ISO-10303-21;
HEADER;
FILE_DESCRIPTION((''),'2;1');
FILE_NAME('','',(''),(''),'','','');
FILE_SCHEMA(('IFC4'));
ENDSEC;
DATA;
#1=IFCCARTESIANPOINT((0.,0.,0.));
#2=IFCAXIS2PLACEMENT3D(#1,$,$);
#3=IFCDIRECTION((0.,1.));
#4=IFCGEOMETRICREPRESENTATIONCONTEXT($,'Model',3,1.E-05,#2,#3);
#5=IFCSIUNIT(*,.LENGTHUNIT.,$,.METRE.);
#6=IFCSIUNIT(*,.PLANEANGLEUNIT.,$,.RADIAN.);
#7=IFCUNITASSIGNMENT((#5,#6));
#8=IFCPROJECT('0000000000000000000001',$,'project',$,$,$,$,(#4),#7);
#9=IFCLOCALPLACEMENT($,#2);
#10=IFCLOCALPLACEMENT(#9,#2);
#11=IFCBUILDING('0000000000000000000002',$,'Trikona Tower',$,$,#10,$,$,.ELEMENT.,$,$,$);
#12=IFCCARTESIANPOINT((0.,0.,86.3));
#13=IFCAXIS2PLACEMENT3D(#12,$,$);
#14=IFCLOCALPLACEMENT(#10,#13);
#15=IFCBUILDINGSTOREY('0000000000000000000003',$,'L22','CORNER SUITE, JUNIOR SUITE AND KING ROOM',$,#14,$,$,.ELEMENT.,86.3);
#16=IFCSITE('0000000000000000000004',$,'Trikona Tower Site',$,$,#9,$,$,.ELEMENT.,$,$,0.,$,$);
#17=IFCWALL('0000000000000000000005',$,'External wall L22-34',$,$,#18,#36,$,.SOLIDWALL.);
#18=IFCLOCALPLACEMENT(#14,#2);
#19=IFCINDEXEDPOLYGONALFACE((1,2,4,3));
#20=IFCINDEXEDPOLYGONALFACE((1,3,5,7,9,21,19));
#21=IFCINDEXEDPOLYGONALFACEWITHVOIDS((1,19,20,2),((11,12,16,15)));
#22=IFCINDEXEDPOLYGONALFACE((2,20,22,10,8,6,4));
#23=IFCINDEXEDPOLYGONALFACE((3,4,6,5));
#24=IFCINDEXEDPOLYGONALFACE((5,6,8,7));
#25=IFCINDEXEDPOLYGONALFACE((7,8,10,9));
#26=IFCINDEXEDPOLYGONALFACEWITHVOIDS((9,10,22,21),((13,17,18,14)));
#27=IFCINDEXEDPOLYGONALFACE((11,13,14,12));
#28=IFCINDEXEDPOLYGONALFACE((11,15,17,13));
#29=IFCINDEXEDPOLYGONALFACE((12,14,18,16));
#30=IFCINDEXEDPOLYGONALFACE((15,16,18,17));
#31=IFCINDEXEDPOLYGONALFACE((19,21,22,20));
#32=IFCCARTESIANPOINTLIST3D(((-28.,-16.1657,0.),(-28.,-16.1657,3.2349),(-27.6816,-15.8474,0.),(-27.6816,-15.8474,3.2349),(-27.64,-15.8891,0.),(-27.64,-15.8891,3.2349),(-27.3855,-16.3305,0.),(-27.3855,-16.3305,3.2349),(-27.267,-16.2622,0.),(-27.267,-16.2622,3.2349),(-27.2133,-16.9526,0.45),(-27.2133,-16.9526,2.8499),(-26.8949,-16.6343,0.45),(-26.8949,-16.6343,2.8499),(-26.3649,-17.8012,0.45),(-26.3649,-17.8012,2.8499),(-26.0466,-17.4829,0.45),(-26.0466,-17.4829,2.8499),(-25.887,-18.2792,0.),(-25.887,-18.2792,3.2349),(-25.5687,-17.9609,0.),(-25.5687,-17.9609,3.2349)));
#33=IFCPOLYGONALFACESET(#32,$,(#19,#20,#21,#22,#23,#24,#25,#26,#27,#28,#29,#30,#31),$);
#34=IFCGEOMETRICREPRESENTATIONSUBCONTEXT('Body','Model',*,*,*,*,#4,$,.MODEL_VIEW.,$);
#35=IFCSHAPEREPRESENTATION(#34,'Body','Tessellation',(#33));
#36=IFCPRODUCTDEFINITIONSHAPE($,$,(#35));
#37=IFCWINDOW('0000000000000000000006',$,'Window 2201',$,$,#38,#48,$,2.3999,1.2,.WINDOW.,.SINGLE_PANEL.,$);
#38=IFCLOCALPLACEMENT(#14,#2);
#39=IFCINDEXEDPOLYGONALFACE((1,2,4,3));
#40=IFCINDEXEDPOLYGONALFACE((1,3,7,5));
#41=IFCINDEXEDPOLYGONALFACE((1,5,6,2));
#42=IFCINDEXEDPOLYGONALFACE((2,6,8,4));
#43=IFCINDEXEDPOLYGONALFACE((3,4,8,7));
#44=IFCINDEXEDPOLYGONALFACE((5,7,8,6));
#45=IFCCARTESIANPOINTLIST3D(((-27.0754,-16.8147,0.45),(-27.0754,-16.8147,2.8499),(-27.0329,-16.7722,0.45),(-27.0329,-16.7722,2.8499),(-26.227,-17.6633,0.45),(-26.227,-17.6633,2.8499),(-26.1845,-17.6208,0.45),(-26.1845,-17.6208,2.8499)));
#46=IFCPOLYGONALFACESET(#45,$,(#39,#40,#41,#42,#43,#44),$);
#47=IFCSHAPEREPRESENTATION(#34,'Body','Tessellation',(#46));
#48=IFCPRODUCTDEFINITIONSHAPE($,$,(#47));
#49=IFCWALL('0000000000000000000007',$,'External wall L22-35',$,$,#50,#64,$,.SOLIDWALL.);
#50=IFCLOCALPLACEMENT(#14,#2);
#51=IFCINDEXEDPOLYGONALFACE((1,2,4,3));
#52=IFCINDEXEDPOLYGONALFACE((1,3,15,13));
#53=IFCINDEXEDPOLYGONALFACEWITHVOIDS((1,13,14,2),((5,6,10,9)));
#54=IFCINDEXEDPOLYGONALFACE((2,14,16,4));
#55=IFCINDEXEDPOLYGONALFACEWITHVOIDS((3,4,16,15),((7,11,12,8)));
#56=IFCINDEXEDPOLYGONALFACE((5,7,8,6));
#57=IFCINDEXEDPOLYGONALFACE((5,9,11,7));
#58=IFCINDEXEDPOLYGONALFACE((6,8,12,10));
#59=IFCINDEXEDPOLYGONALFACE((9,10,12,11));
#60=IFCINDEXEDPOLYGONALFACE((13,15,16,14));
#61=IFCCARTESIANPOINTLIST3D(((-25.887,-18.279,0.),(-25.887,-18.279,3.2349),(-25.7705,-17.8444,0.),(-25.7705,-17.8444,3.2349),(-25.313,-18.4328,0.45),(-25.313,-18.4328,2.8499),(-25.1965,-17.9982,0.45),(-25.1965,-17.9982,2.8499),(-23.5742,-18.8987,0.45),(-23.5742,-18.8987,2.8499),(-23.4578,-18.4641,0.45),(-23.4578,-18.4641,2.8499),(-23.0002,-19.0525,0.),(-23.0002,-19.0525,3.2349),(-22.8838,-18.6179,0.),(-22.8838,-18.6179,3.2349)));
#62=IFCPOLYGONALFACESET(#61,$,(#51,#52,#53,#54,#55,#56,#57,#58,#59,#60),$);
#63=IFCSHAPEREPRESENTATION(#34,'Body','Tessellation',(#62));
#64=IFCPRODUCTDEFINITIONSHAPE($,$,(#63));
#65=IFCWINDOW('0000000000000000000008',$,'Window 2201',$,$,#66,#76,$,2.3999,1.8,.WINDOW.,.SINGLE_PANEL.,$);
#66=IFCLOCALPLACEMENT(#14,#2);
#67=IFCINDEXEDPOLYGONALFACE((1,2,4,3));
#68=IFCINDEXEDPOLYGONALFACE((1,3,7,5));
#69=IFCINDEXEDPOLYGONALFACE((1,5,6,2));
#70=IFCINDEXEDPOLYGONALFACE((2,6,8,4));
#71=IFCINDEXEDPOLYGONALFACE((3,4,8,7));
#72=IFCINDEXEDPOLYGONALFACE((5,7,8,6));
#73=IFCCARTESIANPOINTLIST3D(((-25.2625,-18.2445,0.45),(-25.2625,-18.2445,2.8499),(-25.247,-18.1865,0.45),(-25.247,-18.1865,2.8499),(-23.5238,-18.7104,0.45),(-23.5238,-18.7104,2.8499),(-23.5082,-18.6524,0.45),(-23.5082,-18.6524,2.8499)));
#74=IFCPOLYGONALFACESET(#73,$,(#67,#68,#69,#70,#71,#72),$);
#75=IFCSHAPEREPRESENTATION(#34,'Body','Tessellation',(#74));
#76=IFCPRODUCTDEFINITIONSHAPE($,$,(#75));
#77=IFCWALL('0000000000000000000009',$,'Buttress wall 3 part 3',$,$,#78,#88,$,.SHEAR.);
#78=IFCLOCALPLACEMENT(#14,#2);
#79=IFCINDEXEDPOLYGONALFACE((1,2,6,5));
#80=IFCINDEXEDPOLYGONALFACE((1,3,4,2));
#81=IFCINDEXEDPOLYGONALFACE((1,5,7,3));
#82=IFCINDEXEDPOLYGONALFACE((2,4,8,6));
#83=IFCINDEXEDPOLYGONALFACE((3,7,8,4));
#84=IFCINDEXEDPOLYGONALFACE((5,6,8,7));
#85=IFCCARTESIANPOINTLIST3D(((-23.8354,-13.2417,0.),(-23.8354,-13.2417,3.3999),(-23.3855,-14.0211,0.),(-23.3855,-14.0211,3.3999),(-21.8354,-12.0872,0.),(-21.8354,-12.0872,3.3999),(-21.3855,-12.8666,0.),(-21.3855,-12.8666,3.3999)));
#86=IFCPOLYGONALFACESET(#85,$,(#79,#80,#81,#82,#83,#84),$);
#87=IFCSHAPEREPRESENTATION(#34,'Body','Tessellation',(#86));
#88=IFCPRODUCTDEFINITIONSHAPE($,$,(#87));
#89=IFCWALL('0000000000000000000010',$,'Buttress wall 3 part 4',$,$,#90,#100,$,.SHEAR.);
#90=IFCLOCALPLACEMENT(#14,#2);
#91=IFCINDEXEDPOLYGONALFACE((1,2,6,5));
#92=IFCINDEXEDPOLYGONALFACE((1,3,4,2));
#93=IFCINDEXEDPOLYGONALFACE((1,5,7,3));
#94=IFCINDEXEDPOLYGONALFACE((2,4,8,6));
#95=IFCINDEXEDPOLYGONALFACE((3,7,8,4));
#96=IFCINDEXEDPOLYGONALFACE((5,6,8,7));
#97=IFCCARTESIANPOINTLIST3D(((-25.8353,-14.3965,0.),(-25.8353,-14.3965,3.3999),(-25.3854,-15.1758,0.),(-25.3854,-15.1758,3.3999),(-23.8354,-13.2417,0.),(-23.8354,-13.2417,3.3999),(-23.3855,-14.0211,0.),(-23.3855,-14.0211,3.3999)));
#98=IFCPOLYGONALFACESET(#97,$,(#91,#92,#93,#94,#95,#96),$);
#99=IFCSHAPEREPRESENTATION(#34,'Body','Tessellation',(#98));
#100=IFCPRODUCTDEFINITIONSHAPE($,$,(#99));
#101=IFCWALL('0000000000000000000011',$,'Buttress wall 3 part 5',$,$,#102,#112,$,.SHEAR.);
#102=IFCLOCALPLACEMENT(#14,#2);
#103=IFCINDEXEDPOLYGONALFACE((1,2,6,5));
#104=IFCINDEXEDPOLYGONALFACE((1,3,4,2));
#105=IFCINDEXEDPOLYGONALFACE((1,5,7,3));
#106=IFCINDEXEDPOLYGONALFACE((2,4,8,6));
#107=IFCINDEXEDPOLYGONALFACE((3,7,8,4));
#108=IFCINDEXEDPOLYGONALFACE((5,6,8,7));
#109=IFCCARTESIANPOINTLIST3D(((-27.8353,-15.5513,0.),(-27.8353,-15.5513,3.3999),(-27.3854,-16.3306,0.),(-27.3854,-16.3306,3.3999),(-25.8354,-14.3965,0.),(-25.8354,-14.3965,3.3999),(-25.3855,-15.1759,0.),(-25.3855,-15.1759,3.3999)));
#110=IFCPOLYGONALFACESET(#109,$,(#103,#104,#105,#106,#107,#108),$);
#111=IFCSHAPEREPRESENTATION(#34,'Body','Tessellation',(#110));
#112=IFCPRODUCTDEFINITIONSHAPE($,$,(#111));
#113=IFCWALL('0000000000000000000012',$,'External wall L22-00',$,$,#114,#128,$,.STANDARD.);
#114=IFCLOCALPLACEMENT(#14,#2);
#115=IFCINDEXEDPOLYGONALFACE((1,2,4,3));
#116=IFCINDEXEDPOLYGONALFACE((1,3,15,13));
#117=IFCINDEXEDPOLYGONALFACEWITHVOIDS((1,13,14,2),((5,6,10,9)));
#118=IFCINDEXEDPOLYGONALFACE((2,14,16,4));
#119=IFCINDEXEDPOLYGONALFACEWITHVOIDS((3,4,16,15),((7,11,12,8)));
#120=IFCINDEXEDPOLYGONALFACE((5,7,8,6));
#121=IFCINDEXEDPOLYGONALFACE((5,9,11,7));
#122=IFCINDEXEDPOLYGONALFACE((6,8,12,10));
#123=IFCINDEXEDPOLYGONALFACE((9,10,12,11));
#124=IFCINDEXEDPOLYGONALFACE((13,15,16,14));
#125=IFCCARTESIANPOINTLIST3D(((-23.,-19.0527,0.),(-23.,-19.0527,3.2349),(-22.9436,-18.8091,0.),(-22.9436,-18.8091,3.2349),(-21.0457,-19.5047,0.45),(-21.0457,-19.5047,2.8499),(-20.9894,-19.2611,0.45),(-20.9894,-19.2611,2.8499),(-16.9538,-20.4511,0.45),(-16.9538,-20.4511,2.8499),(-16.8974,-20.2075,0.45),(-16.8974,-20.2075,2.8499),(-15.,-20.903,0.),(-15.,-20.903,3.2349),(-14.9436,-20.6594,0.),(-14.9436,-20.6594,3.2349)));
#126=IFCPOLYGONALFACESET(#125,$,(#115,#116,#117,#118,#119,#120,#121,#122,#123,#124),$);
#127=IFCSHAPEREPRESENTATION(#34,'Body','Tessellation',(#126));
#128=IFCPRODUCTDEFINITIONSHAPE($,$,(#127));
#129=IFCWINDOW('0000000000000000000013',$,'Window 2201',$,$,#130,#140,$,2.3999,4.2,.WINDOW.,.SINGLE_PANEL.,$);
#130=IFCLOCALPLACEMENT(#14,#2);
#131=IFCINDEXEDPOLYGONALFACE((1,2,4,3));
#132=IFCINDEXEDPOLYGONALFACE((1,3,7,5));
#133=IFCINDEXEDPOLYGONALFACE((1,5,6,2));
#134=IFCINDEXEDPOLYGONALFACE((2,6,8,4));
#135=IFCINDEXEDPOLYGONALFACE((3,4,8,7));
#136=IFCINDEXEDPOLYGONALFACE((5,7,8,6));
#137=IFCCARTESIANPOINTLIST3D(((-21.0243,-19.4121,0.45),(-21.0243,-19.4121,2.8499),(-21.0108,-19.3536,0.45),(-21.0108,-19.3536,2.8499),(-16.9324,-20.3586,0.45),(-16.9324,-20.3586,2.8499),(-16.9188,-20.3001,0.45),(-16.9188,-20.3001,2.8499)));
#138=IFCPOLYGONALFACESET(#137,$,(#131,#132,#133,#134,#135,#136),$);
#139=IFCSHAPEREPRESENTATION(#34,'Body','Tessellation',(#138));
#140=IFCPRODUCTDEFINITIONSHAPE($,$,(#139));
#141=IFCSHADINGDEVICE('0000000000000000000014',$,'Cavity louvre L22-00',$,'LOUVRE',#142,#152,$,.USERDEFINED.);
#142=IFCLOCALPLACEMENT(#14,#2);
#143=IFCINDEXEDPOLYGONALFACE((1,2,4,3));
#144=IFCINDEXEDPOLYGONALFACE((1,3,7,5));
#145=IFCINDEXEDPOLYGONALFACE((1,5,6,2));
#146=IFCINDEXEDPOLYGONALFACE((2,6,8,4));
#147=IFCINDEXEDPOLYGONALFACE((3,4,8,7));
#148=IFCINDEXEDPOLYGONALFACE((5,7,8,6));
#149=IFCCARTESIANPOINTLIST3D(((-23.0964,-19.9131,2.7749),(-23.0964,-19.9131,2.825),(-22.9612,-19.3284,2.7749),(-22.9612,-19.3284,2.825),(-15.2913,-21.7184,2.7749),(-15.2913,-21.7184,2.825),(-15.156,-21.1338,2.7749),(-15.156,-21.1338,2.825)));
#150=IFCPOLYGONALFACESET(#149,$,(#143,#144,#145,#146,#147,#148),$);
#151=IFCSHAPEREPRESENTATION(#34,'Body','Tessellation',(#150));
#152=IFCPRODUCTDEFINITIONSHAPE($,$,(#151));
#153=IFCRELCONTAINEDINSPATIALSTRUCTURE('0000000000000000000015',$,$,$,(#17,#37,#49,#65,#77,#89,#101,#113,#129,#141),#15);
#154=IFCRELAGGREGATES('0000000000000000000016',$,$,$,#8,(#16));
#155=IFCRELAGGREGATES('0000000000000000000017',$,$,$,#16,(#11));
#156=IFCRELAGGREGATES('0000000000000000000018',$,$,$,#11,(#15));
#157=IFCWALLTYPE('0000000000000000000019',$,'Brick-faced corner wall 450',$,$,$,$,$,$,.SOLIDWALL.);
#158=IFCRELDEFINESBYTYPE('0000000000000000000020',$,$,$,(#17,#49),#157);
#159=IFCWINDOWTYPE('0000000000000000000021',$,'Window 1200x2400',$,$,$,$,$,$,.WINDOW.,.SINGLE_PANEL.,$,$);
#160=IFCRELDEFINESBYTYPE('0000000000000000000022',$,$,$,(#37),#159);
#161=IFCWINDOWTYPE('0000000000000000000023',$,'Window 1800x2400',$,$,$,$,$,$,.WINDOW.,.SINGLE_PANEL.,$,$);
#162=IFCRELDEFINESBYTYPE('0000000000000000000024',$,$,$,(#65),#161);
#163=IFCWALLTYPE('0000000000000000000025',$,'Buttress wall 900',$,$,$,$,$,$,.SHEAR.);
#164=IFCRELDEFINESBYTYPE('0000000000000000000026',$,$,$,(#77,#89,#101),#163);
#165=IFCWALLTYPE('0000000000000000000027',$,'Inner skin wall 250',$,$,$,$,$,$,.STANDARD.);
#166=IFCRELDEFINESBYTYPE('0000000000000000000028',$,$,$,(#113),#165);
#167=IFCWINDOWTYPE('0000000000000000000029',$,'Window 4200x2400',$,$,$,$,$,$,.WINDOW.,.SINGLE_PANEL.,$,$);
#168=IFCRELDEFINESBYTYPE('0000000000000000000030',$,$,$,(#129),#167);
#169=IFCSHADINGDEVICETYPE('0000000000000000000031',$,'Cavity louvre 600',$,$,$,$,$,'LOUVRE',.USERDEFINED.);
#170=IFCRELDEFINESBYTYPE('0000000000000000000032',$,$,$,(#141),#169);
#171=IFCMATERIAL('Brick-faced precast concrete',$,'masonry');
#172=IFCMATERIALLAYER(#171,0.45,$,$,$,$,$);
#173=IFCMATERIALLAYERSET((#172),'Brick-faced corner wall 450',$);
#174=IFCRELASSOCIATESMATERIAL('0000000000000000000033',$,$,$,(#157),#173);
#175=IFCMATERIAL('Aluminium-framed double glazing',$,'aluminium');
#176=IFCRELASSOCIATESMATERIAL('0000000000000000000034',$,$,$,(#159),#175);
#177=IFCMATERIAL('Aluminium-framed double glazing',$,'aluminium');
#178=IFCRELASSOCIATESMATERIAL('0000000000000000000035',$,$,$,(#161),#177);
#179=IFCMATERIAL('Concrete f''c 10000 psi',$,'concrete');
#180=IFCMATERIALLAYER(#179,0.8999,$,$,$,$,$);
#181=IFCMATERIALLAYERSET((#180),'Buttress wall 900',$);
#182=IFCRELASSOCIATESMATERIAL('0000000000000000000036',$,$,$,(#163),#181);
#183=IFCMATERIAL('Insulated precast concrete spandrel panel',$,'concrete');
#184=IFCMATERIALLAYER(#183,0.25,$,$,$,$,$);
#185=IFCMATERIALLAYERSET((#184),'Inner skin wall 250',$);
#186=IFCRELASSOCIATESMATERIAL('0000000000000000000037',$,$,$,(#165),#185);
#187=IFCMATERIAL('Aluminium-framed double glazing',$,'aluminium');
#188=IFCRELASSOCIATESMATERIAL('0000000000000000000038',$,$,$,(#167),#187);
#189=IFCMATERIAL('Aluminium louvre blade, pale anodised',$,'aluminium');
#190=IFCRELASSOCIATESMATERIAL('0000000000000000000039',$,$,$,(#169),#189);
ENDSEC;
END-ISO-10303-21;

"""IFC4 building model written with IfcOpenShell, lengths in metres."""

from ifc_helpers import new_model, si_unit, direction, frame, frame_2d, origin, origin_2d, place, context, subcontext, project, spatial, polyline, rectangle, outline, extrude, material, layer, layer_set, type_object, element, fill, save


model = new_model("IFC4")

# Units and contexts
model_context = context("Model", 3, precision=1e-05, world=origin(), true_north=direction((0.0, 1.0)))
body_context = subcontext(model_context, "Body", "Model", "MODEL_VIEW")
ifc_project = project(units=[si_unit("LENGTHUNIT", "METRE"), si_unit("PLANEANGLEUNIT", "RADIAN")], contexts=[model_context])

# Site, building, storey
site_placement = place(None, origin())
site = spatial("IfcSite", under=ifc_project, at=site_placement, Name="Trikona Tower Site", CompositionType="ELEMENT", RefElevation=0.0)
building_placement = place(site_placement, origin())
building = spatial("IfcBuilding", under=site, at=building_placement, Name="Trikona Tower", CompositionType="ELEMENT")
storey_placement = place(building_placement, frame((0.0, 0.0, 86.3)))
storey = spatial("IfcBuildingStorey", under=building, at=storey_placement, Name="L22", Description="CORNER SUITE, JUNIOR SUITE AND KING ROOM", CompositionType="ELEMENT", Elevation=86.3)

# Walls, openings, windows
ifc_material_1 = material(Name="Brick-faced precast concrete", Category="masonry")
ifc_layer_1 = layer(ifc_material_1, 0.45)
ifc_layer_set_1 = layer_set([ifc_layer_1], Name="Brick-faced corner wall 450")
wall_type_1 = type_object("IfcWallType", Name="Brick-faced corner wall 450", PredefinedType="SOLIDWALL", material=ifc_layer_set_1)
ifc_material_2 = material(Name="Aluminium-framed double glazing", Category="aluminium")
window_type_1 = type_object("IfcWindowType", Name="Window 1200x2400", PartitioningType="SINGLE_PANEL", PredefinedType="WINDOW", material=ifc_material_2)
wall_1_placement = place(storey_placement, frame((-27.8408, -16.0066, 0.0), z_axis=(0.0, 0.0, 1.0), x_axis=(0.707025, -0.707188, 0.0)))
wall_1 = element("IfcWall", 1, at=wall_1_placement, inside=storey, type_object=wall_type_1, Name="External wall L22-34", PredefinedType="SOLIDWALL", context=body_context, shape_type="SweptSolid", body=[
    extrude(outline(polyline([(2.9885, 0.2251), (0.5864, 0.2251), (0.551, 0.093), (0.0588, 0.2251), (0.0, 0.2251), (0.0, -0.2251), (2.9885, -0.2251), (2.9885, 0.2251)])), origin(), (0.0, 0.0, 1.0), 3.2349),
])
opening_1_placement = place(wall_1_placement, frame((1.1125, 0.0, 0.45)))
opening_1 = element("IfcOpeningElement", 2, at=opening_1_placement, cuts=wall_1, PredefinedType="OPENING", context=body_context, shape_type="SweptSolid", body=[
    extrude(rectangle(XDim=1.2, YDim=2.3999, at=frame_2d((0.6001, 1.2))), frame((0.0, 0.2349, 0.0), z_axis=(0.0, -1.0, 0.0), x_axis=(1.0, 0.0, 0.0)), (0.0, 0.0, 1.0), 0.47),
])
window_1_placement = place(opening_1_placement, origin())
window_1 = element("IfcWindow", 3, at=window_1_placement, inside=storey, type_object=window_type_1, Name="Window 2201", OverallHeight=2.3999, OverallWidth=1.2, PartitioningType="SINGLE_PANEL", PredefinedType="WINDOW", context=body_context, shape_type="SweptSolid", body=[
    extrude(rectangle(XDim=1.2, YDim=2.3999, at=frame_2d((0.6001, 1.2))), frame((0.0, 0.03, 0.0), z_axis=(0.0, -1.0, 0.0), x_axis=(1.0, 0.0, 0.0)), (0.0, 0.0, 1.0), 0.0601),
])
fill(opening_1, window_1)
wall_2_placement = place(storey_placement, frame((-25.8286, -18.0618, 0.0), z_axis=(0.0, 0.0, 1.0), x_axis=(0.965931, -0.258801, 0.0)))
wall_2 = element("IfcWall", 4, at=wall_2_placement, inside=storey, type_object=wall_type_1, Name="External wall L22-35", PredefinedType="SOLIDWALL", context=body_context, shape_type="SweptSolid", body=[
    extrude(rectangle(XDim=2.9885, YDim=0.45, at=frame_2d((1.4941, 0.0))), origin(), (0.0, 0.0, 1.0), 3.2349),
])
opening_2_placement = place(wall_2_placement, frame((0.5942, 0.0, 0.45)))
opening_2 = element("IfcOpeningElement", 5, at=opening_2_placement, cuts=wall_2, PredefinedType="OPENING", context=body_context, shape_type="SweptSolid", body=[
    extrude(rectangle(XDim=1.8, YDim=2.3999, at=frame_2d((0.8999, 1.2))), frame((0.0, 0.2349, 0.0), z_axis=(0.0, -1.0, 0.0), x_axis=(1.0, 0.0, 0.0)), (0.0, 0.0, 1.0), 0.47),
])
ifc_material_3 = material(Name="Aluminium-framed double glazing", Category="aluminium")
window_type_2 = type_object("IfcWindowType", Name="Window 1800x2400", PartitioningType="SINGLE_PANEL", PredefinedType="WINDOW", material=ifc_material_3)
window_2_placement = place(opening_2_placement, origin())
window_2 = element("IfcWindow", 6, at=window_2_placement, inside=storey, type_object=window_type_2, Name="Window 2201", OverallHeight=2.3999, OverallWidth=1.8, PartitioningType="SINGLE_PANEL", PredefinedType="WINDOW", context=body_context, shape_type="SweptSolid", body=[
    extrude(rectangle(XDim=1.8, YDim=2.3999, at=frame_2d((0.8999, 1.2))), frame((0.0, 0.03, 0.0), z_axis=(0.0, -1.0, 0.0), x_axis=(1.0, 0.0, 0.0)), (0.0, 0.0, 1.0), 0.0601),
])
fill(opening_2, window_2)

# Walls
ifc_material_4 = material(Name="Concrete f'c 10000 psi", Category="concrete")
ifc_layer_2 = layer(ifc_material_4, 0.8999)
ifc_layer_set_2 = layer_set([ifc_layer_2], Name="Buttress wall 900")
wall_type_2 = type_object("IfcWallType", Name="Buttress wall 900", PredefinedType="SHEAR", material=ifc_layer_set_2)
for number, where, z_axis, x_axis, name in (
    (7, (-21.6104, -12.4768, 0.0), (0.0, 0.0, 1.0), (-0.866055, -0.499948, 0.0), "Buttress wall 3 part 3"),
    (8, (-23.6104, -13.6313, 0.0), (0.0, 0.0, 1.0), (-0.86601, -0.500027, 0.0), "Buttress wall 3 part 4"),
    (9, (-25.6104, -14.7861, 0.0), (0.0, 0.0, 1.0), (-0.86601, -0.500027, 0.0), "Buttress wall 3 part 5"),
):
    element("IfcWall", number, at=place(storey_placement, frame(where, z_axis=z_axis, x_axis=x_axis)), inside=storey, type_object=wall_type_2, Name=name, PredefinedType="SHEAR", context=body_context, shape_type="SweptSolid", body=[
        extrude(rectangle(XDim=2.3093, YDim=0.8999, at=frame_2d((1.1548, 0.0))), origin(), (0.0, 0.0, 1.0), 3.3999),
    ])

# Wall, opening, window
ifc_material_5 = material(Name="Insulated precast concrete spandrel panel", Category="concrete")
ifc_layer_3 = layer(ifc_material_5, 0.25)
ifc_layer_set_3 = layer_set([ifc_layer_3], Name="Inner skin wall 250")
wall_type_3 = type_object("IfcWallType", Name="Inner skin wall 250", PredefinedType="STANDARD", material=ifc_layer_set_3)
wall_3_placement = place(storey_placement, frame((-22.9717, -18.9309, 0.0), z_axis=(0.0, 0.0, 1.0), x_axis=(0.974279, -0.225344, 0.0)))
wall_3 = element("IfcWall", 10, at=wall_3_placement, inside=storey, type_object=wall_type_3, Name="External wall L22-00", PredefinedType="STANDARD", context=body_context, shape_type="SweptSolid", body=[
    extrude(rectangle(XDim=8.2112, YDim=0.25, at=frame_2d((4.1055, 0.0))), origin(), (0.0, 0.0, 1.0), 3.2349),
])
opening_3_placement = place(wall_3_placement, frame((2.0056, 0.0, 0.45)))
opening_3 = element("IfcOpeningElement", 11, at=opening_3_placement, cuts=wall_3, PredefinedType="OPENING", context=body_context, shape_type="SweptSolid", body=[
    extrude(rectangle(XDim=4.2, YDim=2.3999, at=frame_2d((2.1001, 1.2))), frame((0.0, 0.135, 0.0), z_axis=(0.0, -1.0, 0.0), x_axis=(1.0, 0.0, 0.0)), (0.0, 0.0, 1.0), 0.27),
])
ifc_material_6 = material(Name="Aluminium-framed double glazing", Category="aluminium")
window_type_3 = type_object("IfcWindowType", Name="Window 4200x2400", PartitioningType="SINGLE_PANEL", PredefinedType="WINDOW", material=ifc_material_6)
window_3_placement = place(opening_3_placement, origin())
window_3 = element("IfcWindow", 12, at=window_3_placement, inside=storey, type_object=window_type_3, Name="Window 2201", OverallHeight=2.3999, OverallWidth=4.2, PartitioningType="SINGLE_PANEL", PredefinedType="WINDOW", context=body_context, shape_type="SweptSolid", body=[
    extrude(rectangle(XDim=4.2, YDim=2.3999, at=frame_2d((2.1001, 1.2))), frame((0.0, 0.03, 0.0), z_axis=(0.0, -1.0, 0.0), x_axis=(1.0, 0.0, 0.0)), (0.0, 0.0, 1.0), 0.0601),
])
fill(opening_3, window_3)

# Shading device
ifc_material_7 = material(Name="Aluminium louvre blade, pale anodised", Category="aluminium")
shading_device_type = type_object("IfcShadingDeviceType", Name="Cavity louvre 600", ElementType="LOUVRE", PredefinedType="USERDEFINED", material=ifc_material_7)
shading_device_placement = place(storey_placement, frame((-19.1262, -20.5234, 2.7749), z_axis=(0.0, 0.0, 1.0), x_axis=(0.974278, -0.225351, 0.0)))
element("IfcShadingDevice", 13, at=shading_device_placement, inside=storey, type_object=shading_device_type, Name="Cavity louvre L22-00", ObjectType="LOUVRE", PredefinedType="USERDEFINED", context=body_context, shape_type="SweptSolid", body=[
    extrude(rectangle(XDim=8.0112, YDim=0.6001, at=origin_2d()), origin(), (0.0, 0.0, 1.0), 0.05),
])

save(model, "model.ifc")
